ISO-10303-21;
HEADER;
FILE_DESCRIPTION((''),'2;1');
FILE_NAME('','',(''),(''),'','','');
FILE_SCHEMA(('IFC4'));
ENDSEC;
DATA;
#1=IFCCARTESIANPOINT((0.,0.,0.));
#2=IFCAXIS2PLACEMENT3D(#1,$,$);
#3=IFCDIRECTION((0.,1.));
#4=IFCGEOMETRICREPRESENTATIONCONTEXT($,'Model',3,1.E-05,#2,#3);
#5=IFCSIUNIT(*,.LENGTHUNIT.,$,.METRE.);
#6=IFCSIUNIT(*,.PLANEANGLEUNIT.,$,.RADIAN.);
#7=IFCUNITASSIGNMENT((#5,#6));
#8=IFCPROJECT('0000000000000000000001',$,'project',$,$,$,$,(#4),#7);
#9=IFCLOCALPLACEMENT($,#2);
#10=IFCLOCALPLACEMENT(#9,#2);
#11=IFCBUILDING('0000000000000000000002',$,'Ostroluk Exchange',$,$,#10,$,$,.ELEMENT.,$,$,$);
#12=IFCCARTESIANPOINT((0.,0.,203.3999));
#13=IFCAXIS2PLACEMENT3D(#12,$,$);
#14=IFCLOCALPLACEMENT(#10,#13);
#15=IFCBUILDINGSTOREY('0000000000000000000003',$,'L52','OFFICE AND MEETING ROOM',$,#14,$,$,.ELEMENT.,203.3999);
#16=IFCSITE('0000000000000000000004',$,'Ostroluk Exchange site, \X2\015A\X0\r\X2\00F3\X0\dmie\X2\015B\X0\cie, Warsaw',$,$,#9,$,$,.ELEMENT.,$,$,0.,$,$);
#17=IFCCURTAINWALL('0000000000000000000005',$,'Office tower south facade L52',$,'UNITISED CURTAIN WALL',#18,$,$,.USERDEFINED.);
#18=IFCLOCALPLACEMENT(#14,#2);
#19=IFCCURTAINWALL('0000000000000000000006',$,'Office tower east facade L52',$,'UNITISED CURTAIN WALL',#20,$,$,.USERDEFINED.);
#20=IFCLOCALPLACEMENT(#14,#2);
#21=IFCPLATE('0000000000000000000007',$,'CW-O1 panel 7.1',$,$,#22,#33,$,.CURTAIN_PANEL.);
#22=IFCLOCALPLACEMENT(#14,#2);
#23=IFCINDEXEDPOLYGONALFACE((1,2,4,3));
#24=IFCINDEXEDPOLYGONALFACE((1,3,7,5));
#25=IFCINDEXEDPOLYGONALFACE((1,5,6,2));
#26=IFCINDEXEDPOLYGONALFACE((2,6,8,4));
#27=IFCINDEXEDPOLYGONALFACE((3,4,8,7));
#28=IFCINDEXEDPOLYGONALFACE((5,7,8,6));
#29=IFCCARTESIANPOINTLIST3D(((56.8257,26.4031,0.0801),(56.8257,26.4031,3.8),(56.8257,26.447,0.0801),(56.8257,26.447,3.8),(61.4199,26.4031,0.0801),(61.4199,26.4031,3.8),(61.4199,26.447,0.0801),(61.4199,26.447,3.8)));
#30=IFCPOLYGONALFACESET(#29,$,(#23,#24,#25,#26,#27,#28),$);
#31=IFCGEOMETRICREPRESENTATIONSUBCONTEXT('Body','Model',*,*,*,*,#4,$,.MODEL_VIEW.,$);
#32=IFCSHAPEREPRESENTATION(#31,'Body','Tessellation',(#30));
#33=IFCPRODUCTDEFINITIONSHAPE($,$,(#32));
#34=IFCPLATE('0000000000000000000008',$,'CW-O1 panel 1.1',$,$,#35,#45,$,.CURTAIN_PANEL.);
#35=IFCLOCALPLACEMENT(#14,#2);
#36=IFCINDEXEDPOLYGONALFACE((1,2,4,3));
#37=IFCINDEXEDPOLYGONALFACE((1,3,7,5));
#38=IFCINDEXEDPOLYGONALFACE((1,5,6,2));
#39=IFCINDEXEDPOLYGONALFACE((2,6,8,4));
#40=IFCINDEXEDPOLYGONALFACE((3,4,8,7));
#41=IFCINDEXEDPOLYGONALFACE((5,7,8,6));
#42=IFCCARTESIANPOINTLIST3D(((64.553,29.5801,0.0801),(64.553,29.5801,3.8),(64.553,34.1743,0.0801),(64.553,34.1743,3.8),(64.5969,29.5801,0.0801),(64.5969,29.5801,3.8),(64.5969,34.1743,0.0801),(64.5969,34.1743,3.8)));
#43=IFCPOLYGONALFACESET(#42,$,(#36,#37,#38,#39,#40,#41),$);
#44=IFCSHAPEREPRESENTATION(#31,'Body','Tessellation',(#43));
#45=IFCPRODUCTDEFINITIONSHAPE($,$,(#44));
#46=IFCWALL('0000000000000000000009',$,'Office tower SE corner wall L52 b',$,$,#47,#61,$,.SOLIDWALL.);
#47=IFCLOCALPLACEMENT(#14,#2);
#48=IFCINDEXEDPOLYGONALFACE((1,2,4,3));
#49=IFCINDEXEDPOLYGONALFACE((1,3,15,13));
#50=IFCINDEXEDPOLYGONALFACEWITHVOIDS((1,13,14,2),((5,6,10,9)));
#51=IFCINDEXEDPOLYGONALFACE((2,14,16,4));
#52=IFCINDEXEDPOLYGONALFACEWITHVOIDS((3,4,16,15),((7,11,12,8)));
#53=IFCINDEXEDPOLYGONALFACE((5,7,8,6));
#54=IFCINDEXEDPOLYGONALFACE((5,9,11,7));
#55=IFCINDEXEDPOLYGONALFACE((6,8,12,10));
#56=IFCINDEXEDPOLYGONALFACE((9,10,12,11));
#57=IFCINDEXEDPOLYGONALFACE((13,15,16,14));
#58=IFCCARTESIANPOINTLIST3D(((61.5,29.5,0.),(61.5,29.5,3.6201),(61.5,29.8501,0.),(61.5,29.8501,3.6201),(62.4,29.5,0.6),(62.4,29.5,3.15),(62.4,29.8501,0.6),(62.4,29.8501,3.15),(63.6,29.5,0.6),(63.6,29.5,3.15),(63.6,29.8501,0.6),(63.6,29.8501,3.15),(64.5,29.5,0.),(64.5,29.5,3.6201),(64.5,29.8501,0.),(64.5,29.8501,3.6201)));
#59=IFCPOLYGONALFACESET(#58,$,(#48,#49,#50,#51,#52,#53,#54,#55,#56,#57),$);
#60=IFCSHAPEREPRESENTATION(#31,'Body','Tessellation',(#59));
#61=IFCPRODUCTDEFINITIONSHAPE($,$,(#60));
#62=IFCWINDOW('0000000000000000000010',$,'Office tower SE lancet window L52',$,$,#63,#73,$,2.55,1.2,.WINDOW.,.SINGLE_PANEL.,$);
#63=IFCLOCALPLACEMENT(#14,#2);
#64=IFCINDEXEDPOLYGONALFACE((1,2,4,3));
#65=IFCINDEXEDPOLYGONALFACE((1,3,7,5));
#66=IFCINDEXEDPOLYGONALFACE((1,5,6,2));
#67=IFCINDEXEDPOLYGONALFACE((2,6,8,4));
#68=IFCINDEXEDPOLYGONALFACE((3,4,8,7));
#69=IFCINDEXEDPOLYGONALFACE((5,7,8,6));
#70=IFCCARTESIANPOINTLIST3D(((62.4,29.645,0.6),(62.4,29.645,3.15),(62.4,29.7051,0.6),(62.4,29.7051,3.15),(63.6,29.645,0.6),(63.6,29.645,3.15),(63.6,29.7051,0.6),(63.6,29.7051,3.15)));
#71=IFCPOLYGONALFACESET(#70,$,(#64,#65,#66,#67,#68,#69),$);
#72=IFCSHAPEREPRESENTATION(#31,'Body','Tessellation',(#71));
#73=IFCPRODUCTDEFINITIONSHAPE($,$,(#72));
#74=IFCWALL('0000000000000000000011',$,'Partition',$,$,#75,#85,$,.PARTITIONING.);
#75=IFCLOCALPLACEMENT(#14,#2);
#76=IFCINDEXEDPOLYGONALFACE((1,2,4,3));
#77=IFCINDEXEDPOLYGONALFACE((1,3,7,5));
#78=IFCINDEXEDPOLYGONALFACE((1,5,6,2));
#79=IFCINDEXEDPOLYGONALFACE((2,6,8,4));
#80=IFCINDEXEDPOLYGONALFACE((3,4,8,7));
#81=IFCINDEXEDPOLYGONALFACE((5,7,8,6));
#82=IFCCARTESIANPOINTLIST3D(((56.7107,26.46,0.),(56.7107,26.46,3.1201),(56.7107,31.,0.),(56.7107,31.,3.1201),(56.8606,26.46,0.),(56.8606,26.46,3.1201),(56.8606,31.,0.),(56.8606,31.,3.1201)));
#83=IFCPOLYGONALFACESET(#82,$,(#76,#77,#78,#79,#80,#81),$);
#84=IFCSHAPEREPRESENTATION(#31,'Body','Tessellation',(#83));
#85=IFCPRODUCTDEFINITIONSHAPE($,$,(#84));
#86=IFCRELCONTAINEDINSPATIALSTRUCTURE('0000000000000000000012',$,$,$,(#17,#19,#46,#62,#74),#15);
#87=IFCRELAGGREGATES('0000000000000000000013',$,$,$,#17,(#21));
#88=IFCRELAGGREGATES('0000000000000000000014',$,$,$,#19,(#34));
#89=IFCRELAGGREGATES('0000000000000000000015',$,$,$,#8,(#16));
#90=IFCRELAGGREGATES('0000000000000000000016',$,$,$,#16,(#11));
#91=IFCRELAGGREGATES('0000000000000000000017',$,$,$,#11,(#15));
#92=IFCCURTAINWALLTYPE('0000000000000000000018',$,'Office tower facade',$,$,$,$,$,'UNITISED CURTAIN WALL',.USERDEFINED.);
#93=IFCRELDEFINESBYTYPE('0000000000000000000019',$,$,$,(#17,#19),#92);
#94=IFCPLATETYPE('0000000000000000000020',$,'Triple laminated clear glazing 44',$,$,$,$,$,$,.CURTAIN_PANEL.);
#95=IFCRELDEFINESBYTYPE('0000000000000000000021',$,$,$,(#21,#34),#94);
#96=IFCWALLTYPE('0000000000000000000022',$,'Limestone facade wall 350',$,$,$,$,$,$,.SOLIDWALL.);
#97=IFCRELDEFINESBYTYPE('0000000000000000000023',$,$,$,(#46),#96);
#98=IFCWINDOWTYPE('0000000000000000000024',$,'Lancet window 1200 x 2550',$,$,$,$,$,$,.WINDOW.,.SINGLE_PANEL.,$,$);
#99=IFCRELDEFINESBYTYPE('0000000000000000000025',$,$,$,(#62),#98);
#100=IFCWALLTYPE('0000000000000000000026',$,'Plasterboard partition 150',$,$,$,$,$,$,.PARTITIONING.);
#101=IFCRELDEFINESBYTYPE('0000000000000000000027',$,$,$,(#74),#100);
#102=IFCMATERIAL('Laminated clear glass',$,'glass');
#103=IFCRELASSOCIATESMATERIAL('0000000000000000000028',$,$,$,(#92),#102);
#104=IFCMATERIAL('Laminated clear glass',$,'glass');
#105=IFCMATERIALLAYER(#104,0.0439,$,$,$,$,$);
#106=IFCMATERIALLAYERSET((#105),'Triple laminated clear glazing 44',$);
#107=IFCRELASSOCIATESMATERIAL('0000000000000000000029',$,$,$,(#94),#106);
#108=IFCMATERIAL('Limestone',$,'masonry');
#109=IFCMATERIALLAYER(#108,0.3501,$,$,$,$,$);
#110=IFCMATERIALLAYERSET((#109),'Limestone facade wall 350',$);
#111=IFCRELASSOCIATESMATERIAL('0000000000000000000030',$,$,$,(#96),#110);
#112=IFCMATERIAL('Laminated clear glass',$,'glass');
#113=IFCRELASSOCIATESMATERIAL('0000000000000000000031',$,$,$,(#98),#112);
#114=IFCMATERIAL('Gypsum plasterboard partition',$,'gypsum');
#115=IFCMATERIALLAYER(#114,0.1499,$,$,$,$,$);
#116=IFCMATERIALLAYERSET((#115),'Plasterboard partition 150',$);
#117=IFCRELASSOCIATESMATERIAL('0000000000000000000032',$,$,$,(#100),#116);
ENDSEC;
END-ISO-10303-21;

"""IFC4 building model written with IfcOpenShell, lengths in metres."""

from ifc_helpers import new_model, si_unit, direction, frame, frame_2d, origin, origin_2d, place, context, subcontext, project, spatial, rectangle, extrude, material, layer, layer_set, type_object, element, fill, aggregate, save


model = new_model("IFC4")

# Units and contexts
model_context = context("Model", 3, precision=1e-05, world=origin(), true_north=direction((0.0, 1.0)))
body_context = subcontext(model_context, "Body", "Model", "MODEL_VIEW")
ifc_project = project(units=[si_unit("LENGTHUNIT", "METRE"), si_unit("PLANEANGLEUNIT", "RADIAN")], contexts=[model_context])

# Site, building, storey
site_placement = place(None, origin())
site = spatial("IfcSite", under=ifc_project, at=site_placement, Name="Ostroluk Exchange site, Śródmieście, Warsaw", CompositionType="ELEMENT", RefElevation=0.0)
building_placement = place(site_placement, origin())
building = spatial("IfcBuilding", under=site, at=building_placement, Name="Ostroluk Exchange", CompositionType="ELEMENT")
storey_placement = place(building_placement, frame((0.0, 0.0, 203.3999)))
storey = spatial("IfcBuildingStorey", under=building, at=storey_placement, Name="L52", Description="OFFICE AND MEETING ROOM", CompositionType="ELEMENT", Elevation=203.3999)

# Curtain walls
ifc_material_1 = material(Name="Laminated clear glass", Category="glass")
curtain_wall_type = type_object("IfcCurtainWallType", Name="Office tower facade", ElementType="UNITISED CURTAIN WALL", PredefinedType="USERDEFINED", material=ifc_material_1)
curtain_wall_1_placement = place(storey_placement, origin())
curtain_wall_1 = element("IfcCurtainWall", 1, at=curtain_wall_1_placement, inside=storey, type_object=curtain_wall_type, Name="Office tower south facade L52", ObjectType="UNITISED CURTAIN WALL", PredefinedType="USERDEFINED")
curtain_wall_2_placement = place(storey_placement, origin())
curtain_wall_2 = element("IfcCurtainWall", 2, at=curtain_wall_2_placement, inside=storey, type_object=curtain_wall_type, Name="Office tower east facade L52", ObjectType="UNITISED CURTAIN WALL", PredefinedType="USERDEFINED")

# Plates
ifc_material_2 = material(Name="Laminated clear glass", Category="glass")
ifc_layer_1 = layer(ifc_material_2, 0.0439)
ifc_layer_set_1 = layer_set([ifc_layer_1], Name="Triple laminated clear glazing 44")
plate_type_1 = type_object("IfcPlateType", Name="Triple laminated clear glazing 44", PredefinedType="CURTAIN_PANEL", material=ifc_layer_set_1)
plate_1_placement = place(storey_placement, frame((59.1228, 26.425, 0.0801), z_axis=(0.0, 0.0, 1.0), x_axis=(1.0, 0.0, 0.0)))
plate_1 = element("IfcPlate", 3, at=plate_1_placement, type_object=plate_type_1, Name="CW-O1 panel 7.1", PredefinedType="CURTAIN_PANEL", context=body_context, shape_type="SweptSolid", body=[
    extrude(rectangle(XDim=4.5942, YDim=0.0439, at=origin_2d()), origin(), (0.0, 0.0, 1.0), 3.72),
])
aggregate(curtain_wall_1, [plate_1])
plate_2_placement = place(storey_placement, frame((64.575, 31.8772, 0.0801), z_axis=(0.0, 0.0, 1.0), x_axis=(0.0, 1.0, 0.0)))
plate_2 = element("IfcPlate", 4, at=plate_2_placement, type_object=plate_type_1, Name="CW-O1 panel 1.1", PredefinedType="CURTAIN_PANEL", context=body_context, shape_type="SweptSolid", body=[
    extrude(rectangle(XDim=4.5942, YDim=0.0439, at=origin_2d()), origin(), (0.0, 0.0, 1.0), 3.72),
])
aggregate(curtain_wall_2, [plate_2])

# Shared definitions
ifc_material_3 = material(Name="Limestone", Category="masonry")
ifc_layer_2 = layer(ifc_material_3, 0.3501)
ifc_layer_set_2 = layer_set([ifc_layer_2], Name="Limestone facade wall 350")
wall_type_1 = type_object("IfcWallType", Name="Limestone facade wall 350", PredefinedType="SOLIDWALL", material=ifc_layer_set_2)

# Wall, opening, window
wall_1_placement = place(storey_placement, frame((61.5, 29.675, 0.0), z_axis=(0.0, 0.0, 1.0), x_axis=(1.0, 0.0, 0.0)))
wall_1 = element("IfcWall", 5, at=wall_1_placement, inside=storey, type_object=wall_type_1, Name="Office tower SE corner wall L52 b", PredefinedType="SOLIDWALL", context=body_context, shape_type="SweptSolid", body=[
    extrude(rectangle(XDim=3.0, YDim=0.3501, at=frame_2d((1.5, 0.0))), origin(), (0.0, 0.0, 1.0), 3.6201),
])
opening_1_placement = place(wall_1_placement, frame((0.8999, 0.0, 0.6001)))
opening_1 = element("IfcOpeningElement", 6, at=opening_1_placement, cuts=wall_1, PredefinedType="OPENING", context=body_context, shape_type="SweptSolid", body=[
    extrude(rectangle(XDim=1.2, YDim=2.55, at=frame_2d((0.6001, 1.2749))), frame((0.0, 0.1851, 0.0), z_axis=(0.0, -1.0, 0.0), x_axis=(1.0, 0.0, 0.0)), (0.0, 0.0, 1.0), 0.3701),
])
ifc_material_4 = material(Name="Laminated clear glass", Category="glass")
window_type = type_object("IfcWindowType", Name="Lancet window 1200 x 2550", PartitioningType="SINGLE_PANEL", PredefinedType="WINDOW", material=ifc_material_4)
window_placement = place(opening_1_placement, origin())
window = element("IfcWindow", 7, at=window_placement, inside=storey, type_object=window_type, Name="Office tower SE lancet window L52", OverallHeight=2.55, OverallWidth=1.2, PartitioningType="SINGLE_PANEL", PredefinedType="WINDOW", context=body_context, shape_type="SweptSolid", body=[
    extrude(rectangle(XDim=1.2, YDim=2.55, at=frame_2d((0.6001, 1.2749))), frame((0.0, 0.03, 0.0), z_axis=(0.0, -1.0, 0.0), x_axis=(1.0, 0.0, 0.0)), (0.0, 0.0, 1.0), 0.0601),
])
fill(opening_1, window)

# Wall
ifc_material_5 = material(Name="Gypsum plasterboard partition", Category="gypsum")
ifc_layer_3 = layer(ifc_material_5, 0.1499)
ifc_layer_set_3 = layer_set([ifc_layer_3], Name="Plasterboard partition 150")
wall_type_2 = type_object("IfcWallType", Name="Plasterboard partition 150", PredefinedType="PARTITIONING", material=ifc_layer_set_3)
wall_2_placement = place(storey_placement, frame((56.7856, 31.0, 0.0), z_axis=(0.0, 0.0, 1.0), x_axis=(0.0, -1.0, 0.0)))
element("IfcWall", 8, at=wall_2_placement, inside=storey, type_object=wall_type_2, Name="Partition", PredefinedType="PARTITIONING", context=body_context, shape_type="SweptSolid", body=[
    extrude(rectangle(XDim=4.54, YDim=0.1499, at=frame_2d((2.27, 0.0))), origin(), (0.0, 0.0, 1.0), 3.1201),
])

save(model, "model.ifc")
